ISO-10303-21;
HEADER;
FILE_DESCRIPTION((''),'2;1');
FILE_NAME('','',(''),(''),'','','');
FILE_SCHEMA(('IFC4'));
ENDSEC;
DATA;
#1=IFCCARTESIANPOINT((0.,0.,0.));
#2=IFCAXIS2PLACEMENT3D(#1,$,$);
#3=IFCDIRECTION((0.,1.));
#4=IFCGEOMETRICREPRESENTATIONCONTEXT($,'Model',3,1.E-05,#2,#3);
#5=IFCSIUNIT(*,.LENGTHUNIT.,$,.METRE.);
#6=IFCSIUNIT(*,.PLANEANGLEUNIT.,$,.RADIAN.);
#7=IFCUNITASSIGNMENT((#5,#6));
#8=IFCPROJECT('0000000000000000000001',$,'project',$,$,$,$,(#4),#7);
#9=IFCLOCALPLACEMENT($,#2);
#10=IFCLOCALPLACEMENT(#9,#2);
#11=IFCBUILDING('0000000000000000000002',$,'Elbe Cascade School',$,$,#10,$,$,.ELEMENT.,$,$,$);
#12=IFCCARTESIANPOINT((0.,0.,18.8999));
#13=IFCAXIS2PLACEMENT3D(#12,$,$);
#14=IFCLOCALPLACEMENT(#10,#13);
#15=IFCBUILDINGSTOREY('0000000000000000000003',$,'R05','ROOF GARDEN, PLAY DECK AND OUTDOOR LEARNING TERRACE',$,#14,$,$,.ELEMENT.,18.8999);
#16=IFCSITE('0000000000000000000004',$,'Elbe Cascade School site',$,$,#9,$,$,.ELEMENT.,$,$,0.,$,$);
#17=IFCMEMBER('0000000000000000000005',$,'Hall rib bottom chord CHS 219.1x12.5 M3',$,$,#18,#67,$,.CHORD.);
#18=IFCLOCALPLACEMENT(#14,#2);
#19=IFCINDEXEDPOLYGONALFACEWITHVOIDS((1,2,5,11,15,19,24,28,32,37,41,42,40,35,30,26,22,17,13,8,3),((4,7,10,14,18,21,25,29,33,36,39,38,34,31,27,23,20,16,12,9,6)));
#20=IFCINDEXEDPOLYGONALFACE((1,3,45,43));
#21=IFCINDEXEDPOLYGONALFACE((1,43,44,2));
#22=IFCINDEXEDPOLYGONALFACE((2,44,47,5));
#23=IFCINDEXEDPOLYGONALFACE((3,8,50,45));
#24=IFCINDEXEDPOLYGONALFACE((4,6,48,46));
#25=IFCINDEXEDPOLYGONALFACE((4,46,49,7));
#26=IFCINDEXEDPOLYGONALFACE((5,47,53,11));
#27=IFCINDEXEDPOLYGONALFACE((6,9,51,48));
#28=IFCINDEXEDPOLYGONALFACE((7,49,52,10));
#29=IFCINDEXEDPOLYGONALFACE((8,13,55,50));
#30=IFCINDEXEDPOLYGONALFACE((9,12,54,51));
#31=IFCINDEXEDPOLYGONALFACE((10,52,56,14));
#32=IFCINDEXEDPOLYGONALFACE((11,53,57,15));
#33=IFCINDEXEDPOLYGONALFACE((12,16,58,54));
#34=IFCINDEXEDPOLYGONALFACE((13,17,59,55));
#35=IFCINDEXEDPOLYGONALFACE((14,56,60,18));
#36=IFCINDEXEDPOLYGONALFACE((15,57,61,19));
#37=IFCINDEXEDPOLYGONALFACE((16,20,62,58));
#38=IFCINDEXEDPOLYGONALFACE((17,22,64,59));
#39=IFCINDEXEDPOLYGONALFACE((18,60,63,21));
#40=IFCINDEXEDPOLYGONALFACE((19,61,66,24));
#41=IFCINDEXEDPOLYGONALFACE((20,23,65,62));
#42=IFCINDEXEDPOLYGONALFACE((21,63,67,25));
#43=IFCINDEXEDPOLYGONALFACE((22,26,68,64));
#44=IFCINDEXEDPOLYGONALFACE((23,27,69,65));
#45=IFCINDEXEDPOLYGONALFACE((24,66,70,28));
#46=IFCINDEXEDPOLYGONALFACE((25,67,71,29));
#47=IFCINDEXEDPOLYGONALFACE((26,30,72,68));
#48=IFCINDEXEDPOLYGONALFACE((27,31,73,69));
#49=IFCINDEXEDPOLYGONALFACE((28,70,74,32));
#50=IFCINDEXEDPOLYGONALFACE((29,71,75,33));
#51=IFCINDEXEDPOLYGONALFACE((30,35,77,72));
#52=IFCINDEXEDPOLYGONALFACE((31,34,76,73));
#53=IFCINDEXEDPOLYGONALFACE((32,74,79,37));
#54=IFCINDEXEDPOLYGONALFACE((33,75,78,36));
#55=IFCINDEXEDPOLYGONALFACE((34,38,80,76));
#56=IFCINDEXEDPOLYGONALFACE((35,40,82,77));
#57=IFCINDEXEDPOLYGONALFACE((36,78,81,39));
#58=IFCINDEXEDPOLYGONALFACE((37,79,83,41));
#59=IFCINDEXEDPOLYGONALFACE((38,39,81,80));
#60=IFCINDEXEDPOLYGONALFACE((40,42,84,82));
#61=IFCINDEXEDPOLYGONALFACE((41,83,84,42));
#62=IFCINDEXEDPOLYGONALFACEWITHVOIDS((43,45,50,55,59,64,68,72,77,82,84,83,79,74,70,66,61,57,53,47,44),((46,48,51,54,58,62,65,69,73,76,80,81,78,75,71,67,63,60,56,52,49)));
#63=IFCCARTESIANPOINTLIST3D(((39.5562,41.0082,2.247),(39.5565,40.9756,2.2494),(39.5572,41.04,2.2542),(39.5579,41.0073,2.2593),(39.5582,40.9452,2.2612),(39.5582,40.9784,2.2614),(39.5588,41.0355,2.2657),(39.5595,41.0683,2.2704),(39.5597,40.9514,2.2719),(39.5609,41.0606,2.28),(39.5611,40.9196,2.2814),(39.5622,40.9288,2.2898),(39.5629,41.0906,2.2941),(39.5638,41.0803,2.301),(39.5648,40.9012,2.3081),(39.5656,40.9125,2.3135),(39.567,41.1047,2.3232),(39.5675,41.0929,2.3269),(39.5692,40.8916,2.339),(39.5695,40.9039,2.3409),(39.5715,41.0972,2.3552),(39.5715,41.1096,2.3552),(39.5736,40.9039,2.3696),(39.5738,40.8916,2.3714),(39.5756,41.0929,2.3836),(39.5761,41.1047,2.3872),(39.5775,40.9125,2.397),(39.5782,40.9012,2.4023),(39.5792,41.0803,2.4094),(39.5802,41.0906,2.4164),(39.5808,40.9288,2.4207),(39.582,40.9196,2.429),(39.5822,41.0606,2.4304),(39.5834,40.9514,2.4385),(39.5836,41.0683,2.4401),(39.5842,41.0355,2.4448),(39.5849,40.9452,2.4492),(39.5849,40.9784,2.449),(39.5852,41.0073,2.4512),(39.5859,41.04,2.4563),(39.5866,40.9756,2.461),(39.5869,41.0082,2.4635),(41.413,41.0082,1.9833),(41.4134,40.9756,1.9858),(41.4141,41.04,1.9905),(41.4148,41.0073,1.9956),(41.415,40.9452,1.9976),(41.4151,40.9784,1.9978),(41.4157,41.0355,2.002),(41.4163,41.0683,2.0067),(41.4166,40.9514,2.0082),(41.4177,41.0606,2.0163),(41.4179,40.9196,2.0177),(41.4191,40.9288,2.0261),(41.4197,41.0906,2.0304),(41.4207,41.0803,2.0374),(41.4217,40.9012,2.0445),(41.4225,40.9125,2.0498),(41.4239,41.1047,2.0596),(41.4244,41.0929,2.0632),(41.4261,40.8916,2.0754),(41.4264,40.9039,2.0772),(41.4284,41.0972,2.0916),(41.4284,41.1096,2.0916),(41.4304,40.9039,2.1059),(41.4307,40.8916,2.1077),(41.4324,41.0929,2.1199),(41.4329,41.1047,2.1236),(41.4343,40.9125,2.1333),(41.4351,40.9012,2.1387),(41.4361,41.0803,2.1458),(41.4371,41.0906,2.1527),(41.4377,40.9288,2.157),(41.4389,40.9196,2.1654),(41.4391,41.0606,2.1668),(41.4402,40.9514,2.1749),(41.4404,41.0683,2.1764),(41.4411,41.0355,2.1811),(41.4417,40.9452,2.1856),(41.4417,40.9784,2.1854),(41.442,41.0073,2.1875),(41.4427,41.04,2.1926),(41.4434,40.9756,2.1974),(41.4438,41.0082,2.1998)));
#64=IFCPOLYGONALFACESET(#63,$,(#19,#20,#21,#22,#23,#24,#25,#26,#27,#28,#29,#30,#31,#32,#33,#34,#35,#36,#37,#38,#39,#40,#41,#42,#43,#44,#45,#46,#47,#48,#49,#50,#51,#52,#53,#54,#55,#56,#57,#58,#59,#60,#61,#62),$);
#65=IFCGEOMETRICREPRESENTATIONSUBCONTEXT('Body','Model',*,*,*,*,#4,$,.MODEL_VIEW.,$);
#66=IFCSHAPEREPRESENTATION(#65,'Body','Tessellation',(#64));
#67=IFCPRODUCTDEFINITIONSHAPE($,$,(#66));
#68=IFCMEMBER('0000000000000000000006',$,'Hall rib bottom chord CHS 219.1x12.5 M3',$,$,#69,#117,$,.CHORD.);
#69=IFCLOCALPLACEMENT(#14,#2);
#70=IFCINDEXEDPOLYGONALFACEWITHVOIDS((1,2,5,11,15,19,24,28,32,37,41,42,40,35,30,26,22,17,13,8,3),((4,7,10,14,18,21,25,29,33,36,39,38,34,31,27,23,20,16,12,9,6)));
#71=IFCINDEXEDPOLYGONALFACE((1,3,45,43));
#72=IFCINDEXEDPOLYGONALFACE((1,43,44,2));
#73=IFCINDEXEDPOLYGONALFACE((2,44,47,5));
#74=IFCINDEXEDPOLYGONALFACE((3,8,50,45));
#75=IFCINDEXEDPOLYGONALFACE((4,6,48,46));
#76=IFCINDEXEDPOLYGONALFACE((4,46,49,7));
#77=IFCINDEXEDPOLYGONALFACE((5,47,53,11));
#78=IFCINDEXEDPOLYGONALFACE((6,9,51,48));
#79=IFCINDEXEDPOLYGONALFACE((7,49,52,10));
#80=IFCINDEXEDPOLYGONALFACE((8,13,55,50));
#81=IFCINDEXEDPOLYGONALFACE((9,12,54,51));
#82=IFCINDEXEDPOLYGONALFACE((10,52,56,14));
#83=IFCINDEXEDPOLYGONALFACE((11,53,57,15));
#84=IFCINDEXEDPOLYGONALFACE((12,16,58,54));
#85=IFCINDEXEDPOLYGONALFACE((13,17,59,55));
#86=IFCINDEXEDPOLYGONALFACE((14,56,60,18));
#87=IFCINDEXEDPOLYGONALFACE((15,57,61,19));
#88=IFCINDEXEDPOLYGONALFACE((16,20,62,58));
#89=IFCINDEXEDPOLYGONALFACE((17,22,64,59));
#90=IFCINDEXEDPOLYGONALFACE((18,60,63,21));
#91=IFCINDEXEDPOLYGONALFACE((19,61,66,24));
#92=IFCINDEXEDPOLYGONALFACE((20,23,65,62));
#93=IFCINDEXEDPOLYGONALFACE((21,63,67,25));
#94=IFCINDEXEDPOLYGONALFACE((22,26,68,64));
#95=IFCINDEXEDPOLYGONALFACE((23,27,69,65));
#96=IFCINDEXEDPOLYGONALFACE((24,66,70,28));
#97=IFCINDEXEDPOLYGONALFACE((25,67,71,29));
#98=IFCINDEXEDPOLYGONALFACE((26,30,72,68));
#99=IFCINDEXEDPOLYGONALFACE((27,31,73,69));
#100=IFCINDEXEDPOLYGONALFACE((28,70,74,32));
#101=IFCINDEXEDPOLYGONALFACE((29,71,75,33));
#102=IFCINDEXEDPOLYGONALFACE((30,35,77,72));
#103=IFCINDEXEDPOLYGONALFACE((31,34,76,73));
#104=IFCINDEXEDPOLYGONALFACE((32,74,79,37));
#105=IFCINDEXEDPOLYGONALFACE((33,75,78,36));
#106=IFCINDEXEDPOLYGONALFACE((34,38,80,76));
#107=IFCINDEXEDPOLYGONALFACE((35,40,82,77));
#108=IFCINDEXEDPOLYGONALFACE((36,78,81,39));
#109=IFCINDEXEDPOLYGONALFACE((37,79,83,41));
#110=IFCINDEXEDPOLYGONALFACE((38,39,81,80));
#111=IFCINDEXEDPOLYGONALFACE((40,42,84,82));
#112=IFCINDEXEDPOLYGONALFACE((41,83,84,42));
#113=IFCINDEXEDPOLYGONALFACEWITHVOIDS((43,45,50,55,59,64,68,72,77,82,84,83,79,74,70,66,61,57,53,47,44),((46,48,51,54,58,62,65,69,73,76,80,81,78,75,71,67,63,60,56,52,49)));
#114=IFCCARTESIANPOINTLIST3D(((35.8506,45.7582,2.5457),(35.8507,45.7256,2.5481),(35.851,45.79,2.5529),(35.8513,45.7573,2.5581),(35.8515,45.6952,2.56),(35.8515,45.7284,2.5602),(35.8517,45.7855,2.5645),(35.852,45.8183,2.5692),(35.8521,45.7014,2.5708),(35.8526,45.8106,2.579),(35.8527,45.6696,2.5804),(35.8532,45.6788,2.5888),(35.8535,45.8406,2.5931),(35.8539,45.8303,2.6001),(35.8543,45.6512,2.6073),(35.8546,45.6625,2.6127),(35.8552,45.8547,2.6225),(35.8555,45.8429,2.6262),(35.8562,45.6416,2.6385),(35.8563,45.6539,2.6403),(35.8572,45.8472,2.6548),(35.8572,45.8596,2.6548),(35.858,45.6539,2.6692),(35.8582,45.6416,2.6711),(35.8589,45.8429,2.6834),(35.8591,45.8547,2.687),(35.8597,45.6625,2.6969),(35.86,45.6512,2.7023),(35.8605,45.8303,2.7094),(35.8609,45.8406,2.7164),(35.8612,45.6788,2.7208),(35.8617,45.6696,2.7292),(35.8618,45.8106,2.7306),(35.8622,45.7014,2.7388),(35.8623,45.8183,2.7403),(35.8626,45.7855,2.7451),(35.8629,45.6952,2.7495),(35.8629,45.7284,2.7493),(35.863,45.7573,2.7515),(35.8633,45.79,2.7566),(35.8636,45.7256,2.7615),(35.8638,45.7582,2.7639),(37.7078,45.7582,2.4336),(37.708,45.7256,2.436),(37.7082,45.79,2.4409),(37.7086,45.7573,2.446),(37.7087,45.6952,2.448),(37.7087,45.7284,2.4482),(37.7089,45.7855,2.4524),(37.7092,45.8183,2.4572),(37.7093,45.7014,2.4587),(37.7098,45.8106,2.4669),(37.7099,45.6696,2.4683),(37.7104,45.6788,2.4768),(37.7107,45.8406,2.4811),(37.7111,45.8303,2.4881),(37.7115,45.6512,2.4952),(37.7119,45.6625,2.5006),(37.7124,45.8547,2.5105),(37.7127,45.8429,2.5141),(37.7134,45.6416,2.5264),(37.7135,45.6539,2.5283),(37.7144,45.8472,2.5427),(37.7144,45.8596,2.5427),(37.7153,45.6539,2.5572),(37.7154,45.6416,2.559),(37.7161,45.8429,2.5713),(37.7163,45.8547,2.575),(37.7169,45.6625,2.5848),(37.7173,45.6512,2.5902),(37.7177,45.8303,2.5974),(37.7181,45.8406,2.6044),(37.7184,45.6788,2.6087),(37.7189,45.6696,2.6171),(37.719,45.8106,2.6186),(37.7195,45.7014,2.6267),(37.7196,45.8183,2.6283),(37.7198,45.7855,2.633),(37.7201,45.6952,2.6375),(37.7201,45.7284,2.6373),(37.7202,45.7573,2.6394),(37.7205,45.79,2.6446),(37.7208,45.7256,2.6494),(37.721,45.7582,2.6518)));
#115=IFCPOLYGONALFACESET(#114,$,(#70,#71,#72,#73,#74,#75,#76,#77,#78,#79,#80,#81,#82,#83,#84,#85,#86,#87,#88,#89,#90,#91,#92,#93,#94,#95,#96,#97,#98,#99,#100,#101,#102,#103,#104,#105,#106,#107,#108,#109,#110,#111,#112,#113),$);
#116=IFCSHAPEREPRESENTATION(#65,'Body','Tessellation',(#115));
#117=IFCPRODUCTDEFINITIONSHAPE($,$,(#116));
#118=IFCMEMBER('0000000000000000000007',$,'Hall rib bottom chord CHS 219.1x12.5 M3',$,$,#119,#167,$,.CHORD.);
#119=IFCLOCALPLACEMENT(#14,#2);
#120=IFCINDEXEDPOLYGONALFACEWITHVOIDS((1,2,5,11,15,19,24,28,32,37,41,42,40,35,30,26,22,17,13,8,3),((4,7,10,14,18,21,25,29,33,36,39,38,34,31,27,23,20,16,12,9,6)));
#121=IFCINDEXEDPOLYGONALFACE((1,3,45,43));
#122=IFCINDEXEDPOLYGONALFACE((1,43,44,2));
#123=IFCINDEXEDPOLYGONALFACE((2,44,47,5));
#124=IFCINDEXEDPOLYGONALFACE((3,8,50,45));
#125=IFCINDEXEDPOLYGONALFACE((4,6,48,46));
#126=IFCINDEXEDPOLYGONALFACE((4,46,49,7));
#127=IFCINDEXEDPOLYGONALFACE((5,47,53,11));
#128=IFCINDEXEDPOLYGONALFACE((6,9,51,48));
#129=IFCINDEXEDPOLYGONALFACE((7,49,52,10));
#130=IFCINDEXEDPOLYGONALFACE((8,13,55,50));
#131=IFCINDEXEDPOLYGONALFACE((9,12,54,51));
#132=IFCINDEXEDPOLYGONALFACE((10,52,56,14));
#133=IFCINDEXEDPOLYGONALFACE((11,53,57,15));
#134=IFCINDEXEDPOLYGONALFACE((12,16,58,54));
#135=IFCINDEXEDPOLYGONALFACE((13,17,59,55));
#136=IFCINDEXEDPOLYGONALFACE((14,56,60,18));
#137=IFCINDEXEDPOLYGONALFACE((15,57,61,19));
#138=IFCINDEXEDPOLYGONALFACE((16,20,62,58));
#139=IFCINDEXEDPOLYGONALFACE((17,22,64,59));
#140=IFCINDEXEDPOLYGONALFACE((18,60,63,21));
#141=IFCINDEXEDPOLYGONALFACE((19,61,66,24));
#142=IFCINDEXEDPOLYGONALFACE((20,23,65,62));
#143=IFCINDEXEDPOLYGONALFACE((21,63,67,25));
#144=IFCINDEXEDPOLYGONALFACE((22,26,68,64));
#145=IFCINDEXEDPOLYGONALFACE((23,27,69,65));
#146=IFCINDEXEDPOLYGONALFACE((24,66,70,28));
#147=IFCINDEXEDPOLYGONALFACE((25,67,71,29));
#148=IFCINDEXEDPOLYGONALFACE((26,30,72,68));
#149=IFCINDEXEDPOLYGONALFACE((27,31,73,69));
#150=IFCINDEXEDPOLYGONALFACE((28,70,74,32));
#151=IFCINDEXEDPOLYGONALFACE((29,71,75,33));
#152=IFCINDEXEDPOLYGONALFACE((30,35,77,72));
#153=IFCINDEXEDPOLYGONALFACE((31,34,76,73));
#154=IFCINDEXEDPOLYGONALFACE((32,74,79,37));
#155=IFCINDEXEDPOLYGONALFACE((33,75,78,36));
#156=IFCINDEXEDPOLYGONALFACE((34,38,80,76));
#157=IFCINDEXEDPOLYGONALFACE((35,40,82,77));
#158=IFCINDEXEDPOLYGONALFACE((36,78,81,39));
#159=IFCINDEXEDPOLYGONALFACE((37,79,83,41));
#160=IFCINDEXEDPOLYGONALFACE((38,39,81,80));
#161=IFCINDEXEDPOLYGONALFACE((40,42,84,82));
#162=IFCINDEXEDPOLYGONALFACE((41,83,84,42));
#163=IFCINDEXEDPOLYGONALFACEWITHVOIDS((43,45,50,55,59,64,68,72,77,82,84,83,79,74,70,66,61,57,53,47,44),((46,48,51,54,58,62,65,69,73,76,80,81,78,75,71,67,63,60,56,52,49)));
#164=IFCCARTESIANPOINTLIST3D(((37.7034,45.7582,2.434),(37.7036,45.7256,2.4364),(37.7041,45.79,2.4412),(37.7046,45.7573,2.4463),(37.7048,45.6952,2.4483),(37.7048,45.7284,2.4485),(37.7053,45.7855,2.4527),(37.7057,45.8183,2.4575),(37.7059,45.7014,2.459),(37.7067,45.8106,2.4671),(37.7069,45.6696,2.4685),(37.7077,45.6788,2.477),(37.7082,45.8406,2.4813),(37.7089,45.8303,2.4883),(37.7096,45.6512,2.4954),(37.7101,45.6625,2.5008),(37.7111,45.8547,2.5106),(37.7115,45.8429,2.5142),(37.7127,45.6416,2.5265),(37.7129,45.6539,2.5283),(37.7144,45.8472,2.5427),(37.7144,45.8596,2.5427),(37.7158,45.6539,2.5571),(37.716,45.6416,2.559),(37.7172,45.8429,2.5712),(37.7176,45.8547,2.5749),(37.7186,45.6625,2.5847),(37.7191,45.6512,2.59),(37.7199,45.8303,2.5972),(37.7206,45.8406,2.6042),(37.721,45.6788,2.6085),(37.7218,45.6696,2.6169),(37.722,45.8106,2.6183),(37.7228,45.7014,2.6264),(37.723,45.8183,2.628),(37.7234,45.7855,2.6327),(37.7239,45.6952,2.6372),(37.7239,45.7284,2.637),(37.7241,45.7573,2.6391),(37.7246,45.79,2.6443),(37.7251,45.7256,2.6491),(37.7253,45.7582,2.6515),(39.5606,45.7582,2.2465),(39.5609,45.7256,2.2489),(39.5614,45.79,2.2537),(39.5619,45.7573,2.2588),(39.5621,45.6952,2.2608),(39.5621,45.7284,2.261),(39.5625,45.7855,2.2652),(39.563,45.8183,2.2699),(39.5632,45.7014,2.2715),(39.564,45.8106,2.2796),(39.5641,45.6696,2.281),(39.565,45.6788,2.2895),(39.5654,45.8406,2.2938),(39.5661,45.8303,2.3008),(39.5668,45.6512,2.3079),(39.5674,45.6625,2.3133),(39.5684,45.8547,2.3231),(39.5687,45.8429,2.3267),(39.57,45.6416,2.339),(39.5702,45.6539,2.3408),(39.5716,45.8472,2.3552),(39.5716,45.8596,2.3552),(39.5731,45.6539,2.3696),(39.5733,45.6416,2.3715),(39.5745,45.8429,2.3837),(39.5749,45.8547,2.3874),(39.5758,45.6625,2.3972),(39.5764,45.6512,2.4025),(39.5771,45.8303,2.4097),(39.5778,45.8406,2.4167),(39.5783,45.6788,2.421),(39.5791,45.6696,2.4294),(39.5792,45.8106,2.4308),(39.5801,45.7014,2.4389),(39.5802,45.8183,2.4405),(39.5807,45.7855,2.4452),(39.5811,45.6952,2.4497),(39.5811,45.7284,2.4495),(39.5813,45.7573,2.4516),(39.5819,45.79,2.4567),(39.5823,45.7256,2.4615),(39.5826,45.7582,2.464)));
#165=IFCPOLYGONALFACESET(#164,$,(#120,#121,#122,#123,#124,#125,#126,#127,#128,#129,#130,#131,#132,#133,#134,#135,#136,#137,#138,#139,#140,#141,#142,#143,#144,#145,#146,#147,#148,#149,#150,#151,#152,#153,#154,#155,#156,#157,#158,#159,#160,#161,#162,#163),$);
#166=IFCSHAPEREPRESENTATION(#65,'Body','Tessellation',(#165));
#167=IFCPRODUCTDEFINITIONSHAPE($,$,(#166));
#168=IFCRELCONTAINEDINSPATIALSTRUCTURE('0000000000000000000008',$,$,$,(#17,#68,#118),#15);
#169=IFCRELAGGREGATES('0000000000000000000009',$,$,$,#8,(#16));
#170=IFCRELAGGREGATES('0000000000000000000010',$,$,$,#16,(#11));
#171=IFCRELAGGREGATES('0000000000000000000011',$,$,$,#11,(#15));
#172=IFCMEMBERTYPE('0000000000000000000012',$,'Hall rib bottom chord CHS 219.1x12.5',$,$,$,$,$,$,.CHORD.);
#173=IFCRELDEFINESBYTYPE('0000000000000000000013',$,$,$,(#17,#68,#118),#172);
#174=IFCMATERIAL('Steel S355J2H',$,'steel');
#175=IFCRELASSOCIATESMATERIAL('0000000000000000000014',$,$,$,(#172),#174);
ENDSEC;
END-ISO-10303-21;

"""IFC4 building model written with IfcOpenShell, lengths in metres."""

from ifc_helpers import new_model, si_unit, direction, frame, origin, origin_2d, place, context, subcontext, project, spatial, hollow_circle, extrude, material, material_profile, profile_set, type_object, element, save


model = new_model("IFC4")

# Units and contexts
model_context = context("Model", 3, precision=1e-05, world=origin(), true_north=direction((0.0, 1.0)))
body_context = subcontext(model_context, "Body", "Model", "MODEL_VIEW")
ifc_project = project(units=[si_unit("LENGTHUNIT", "METRE"), si_unit("PLANEANGLEUNIT", "RADIAN")], contexts=[model_context])

# Site, building, storey
site_placement = place(None, origin())
site = spatial("IfcSite", under=ifc_project, at=site_placement, Name="Elbe Cascade School site", CompositionType="ELEMENT", RefElevation=0.0)
building_placement = place(site_placement, origin())
building = spatial("IfcBuilding", under=site, at=building_placement, Name="Elbe Cascade School", CompositionType="ELEMENT")
storey_placement = place(building_placement, frame((0.0, 0.0, 18.8999)))
storey = spatial("IfcBuildingStorey", under=building, at=storey_placement, Name="R05", Description="ROOF GARDEN, PLAY DECK AND OUTDOOR LEARNING TERRACE", CompositionType="ELEMENT", Elevation=18.8999)

# Members
ifc_material_1 = material(Name="Steel S355J2H", Category="steel")
ifc_material_profile_1 = material_profile(ifc_material_1, hollow_circle(Radius=0.1096, WallThickness=0.0125, at=origin_2d()), Name="CHS 219.1x12.5")
ifc_profile_set_1 = profile_set([ifc_material_profile_1], Name="Steel S355J2H")
member_type_1 = type_object("IfcMemberType", Name="Hall rib bottom chord CHS 219.1x12.5", PredefinedType="CHORD", material=ifc_profile_set_1)
member_1_placement = place(storey_placement, frame((39.5715, 41.0, 2.3552), z_axis=(0.990069, 0.0, -0.140583), x_axis=(0.0, 1.0, 0.0)))
element("IfcMember", 1, at=member_1_placement, inside=storey, type_object=member_type_1, Name="Hall rib bottom chord CHS 219.1x12.5 M3", PredefinedType="CHORD", context=body_context, shape_type="SweptSolid", body=[
    extrude(hollow_circle(Radius=0.1096, WallThickness=0.0125, at=origin_2d()), origin(), (0.0, 0.0, 1.0), 1.8755),
])
member_2_placement = place(storey_placement, frame((35.8572, 45.75, 2.6548), z_axis=(0.998185, 0.0, -0.06023), x_axis=(0.0, 1.0, 0.0)))
element("IfcMember", 2, at=member_2_placement, inside=storey, type_object=member_type_1, Name="Hall rib bottom chord CHS 219.1x12.5 M3", PredefinedType="CHORD", context=body_context, shape_type="SweptSolid", body=[
    extrude(hollow_circle(Radius=0.1096, WallThickness=0.0125, at=origin_2d()), origin(), (0.0, 0.0, 1.0), 1.8606),
])
member_3_placement = place(storey_placement, frame((37.7144, 45.75, 2.5427), z_axis=(0.994942, 0.0, -0.100449), x_axis=(0.0, 1.0, 0.0)))
element("IfcMember", 3, at=member_3_placement, inside=storey, type_object=member_type_1, Name="Hall rib bottom chord CHS 219.1x12.5 M3", PredefinedType="CHORD", context=body_context, shape_type="SweptSolid", body=[
    extrude(hollow_circle(Radius=0.1096, WallThickness=0.0125, at=origin_2d()), origin(), (0.0, 0.0, 1.0), 1.8667),
])

save(model, "model.ifc")
